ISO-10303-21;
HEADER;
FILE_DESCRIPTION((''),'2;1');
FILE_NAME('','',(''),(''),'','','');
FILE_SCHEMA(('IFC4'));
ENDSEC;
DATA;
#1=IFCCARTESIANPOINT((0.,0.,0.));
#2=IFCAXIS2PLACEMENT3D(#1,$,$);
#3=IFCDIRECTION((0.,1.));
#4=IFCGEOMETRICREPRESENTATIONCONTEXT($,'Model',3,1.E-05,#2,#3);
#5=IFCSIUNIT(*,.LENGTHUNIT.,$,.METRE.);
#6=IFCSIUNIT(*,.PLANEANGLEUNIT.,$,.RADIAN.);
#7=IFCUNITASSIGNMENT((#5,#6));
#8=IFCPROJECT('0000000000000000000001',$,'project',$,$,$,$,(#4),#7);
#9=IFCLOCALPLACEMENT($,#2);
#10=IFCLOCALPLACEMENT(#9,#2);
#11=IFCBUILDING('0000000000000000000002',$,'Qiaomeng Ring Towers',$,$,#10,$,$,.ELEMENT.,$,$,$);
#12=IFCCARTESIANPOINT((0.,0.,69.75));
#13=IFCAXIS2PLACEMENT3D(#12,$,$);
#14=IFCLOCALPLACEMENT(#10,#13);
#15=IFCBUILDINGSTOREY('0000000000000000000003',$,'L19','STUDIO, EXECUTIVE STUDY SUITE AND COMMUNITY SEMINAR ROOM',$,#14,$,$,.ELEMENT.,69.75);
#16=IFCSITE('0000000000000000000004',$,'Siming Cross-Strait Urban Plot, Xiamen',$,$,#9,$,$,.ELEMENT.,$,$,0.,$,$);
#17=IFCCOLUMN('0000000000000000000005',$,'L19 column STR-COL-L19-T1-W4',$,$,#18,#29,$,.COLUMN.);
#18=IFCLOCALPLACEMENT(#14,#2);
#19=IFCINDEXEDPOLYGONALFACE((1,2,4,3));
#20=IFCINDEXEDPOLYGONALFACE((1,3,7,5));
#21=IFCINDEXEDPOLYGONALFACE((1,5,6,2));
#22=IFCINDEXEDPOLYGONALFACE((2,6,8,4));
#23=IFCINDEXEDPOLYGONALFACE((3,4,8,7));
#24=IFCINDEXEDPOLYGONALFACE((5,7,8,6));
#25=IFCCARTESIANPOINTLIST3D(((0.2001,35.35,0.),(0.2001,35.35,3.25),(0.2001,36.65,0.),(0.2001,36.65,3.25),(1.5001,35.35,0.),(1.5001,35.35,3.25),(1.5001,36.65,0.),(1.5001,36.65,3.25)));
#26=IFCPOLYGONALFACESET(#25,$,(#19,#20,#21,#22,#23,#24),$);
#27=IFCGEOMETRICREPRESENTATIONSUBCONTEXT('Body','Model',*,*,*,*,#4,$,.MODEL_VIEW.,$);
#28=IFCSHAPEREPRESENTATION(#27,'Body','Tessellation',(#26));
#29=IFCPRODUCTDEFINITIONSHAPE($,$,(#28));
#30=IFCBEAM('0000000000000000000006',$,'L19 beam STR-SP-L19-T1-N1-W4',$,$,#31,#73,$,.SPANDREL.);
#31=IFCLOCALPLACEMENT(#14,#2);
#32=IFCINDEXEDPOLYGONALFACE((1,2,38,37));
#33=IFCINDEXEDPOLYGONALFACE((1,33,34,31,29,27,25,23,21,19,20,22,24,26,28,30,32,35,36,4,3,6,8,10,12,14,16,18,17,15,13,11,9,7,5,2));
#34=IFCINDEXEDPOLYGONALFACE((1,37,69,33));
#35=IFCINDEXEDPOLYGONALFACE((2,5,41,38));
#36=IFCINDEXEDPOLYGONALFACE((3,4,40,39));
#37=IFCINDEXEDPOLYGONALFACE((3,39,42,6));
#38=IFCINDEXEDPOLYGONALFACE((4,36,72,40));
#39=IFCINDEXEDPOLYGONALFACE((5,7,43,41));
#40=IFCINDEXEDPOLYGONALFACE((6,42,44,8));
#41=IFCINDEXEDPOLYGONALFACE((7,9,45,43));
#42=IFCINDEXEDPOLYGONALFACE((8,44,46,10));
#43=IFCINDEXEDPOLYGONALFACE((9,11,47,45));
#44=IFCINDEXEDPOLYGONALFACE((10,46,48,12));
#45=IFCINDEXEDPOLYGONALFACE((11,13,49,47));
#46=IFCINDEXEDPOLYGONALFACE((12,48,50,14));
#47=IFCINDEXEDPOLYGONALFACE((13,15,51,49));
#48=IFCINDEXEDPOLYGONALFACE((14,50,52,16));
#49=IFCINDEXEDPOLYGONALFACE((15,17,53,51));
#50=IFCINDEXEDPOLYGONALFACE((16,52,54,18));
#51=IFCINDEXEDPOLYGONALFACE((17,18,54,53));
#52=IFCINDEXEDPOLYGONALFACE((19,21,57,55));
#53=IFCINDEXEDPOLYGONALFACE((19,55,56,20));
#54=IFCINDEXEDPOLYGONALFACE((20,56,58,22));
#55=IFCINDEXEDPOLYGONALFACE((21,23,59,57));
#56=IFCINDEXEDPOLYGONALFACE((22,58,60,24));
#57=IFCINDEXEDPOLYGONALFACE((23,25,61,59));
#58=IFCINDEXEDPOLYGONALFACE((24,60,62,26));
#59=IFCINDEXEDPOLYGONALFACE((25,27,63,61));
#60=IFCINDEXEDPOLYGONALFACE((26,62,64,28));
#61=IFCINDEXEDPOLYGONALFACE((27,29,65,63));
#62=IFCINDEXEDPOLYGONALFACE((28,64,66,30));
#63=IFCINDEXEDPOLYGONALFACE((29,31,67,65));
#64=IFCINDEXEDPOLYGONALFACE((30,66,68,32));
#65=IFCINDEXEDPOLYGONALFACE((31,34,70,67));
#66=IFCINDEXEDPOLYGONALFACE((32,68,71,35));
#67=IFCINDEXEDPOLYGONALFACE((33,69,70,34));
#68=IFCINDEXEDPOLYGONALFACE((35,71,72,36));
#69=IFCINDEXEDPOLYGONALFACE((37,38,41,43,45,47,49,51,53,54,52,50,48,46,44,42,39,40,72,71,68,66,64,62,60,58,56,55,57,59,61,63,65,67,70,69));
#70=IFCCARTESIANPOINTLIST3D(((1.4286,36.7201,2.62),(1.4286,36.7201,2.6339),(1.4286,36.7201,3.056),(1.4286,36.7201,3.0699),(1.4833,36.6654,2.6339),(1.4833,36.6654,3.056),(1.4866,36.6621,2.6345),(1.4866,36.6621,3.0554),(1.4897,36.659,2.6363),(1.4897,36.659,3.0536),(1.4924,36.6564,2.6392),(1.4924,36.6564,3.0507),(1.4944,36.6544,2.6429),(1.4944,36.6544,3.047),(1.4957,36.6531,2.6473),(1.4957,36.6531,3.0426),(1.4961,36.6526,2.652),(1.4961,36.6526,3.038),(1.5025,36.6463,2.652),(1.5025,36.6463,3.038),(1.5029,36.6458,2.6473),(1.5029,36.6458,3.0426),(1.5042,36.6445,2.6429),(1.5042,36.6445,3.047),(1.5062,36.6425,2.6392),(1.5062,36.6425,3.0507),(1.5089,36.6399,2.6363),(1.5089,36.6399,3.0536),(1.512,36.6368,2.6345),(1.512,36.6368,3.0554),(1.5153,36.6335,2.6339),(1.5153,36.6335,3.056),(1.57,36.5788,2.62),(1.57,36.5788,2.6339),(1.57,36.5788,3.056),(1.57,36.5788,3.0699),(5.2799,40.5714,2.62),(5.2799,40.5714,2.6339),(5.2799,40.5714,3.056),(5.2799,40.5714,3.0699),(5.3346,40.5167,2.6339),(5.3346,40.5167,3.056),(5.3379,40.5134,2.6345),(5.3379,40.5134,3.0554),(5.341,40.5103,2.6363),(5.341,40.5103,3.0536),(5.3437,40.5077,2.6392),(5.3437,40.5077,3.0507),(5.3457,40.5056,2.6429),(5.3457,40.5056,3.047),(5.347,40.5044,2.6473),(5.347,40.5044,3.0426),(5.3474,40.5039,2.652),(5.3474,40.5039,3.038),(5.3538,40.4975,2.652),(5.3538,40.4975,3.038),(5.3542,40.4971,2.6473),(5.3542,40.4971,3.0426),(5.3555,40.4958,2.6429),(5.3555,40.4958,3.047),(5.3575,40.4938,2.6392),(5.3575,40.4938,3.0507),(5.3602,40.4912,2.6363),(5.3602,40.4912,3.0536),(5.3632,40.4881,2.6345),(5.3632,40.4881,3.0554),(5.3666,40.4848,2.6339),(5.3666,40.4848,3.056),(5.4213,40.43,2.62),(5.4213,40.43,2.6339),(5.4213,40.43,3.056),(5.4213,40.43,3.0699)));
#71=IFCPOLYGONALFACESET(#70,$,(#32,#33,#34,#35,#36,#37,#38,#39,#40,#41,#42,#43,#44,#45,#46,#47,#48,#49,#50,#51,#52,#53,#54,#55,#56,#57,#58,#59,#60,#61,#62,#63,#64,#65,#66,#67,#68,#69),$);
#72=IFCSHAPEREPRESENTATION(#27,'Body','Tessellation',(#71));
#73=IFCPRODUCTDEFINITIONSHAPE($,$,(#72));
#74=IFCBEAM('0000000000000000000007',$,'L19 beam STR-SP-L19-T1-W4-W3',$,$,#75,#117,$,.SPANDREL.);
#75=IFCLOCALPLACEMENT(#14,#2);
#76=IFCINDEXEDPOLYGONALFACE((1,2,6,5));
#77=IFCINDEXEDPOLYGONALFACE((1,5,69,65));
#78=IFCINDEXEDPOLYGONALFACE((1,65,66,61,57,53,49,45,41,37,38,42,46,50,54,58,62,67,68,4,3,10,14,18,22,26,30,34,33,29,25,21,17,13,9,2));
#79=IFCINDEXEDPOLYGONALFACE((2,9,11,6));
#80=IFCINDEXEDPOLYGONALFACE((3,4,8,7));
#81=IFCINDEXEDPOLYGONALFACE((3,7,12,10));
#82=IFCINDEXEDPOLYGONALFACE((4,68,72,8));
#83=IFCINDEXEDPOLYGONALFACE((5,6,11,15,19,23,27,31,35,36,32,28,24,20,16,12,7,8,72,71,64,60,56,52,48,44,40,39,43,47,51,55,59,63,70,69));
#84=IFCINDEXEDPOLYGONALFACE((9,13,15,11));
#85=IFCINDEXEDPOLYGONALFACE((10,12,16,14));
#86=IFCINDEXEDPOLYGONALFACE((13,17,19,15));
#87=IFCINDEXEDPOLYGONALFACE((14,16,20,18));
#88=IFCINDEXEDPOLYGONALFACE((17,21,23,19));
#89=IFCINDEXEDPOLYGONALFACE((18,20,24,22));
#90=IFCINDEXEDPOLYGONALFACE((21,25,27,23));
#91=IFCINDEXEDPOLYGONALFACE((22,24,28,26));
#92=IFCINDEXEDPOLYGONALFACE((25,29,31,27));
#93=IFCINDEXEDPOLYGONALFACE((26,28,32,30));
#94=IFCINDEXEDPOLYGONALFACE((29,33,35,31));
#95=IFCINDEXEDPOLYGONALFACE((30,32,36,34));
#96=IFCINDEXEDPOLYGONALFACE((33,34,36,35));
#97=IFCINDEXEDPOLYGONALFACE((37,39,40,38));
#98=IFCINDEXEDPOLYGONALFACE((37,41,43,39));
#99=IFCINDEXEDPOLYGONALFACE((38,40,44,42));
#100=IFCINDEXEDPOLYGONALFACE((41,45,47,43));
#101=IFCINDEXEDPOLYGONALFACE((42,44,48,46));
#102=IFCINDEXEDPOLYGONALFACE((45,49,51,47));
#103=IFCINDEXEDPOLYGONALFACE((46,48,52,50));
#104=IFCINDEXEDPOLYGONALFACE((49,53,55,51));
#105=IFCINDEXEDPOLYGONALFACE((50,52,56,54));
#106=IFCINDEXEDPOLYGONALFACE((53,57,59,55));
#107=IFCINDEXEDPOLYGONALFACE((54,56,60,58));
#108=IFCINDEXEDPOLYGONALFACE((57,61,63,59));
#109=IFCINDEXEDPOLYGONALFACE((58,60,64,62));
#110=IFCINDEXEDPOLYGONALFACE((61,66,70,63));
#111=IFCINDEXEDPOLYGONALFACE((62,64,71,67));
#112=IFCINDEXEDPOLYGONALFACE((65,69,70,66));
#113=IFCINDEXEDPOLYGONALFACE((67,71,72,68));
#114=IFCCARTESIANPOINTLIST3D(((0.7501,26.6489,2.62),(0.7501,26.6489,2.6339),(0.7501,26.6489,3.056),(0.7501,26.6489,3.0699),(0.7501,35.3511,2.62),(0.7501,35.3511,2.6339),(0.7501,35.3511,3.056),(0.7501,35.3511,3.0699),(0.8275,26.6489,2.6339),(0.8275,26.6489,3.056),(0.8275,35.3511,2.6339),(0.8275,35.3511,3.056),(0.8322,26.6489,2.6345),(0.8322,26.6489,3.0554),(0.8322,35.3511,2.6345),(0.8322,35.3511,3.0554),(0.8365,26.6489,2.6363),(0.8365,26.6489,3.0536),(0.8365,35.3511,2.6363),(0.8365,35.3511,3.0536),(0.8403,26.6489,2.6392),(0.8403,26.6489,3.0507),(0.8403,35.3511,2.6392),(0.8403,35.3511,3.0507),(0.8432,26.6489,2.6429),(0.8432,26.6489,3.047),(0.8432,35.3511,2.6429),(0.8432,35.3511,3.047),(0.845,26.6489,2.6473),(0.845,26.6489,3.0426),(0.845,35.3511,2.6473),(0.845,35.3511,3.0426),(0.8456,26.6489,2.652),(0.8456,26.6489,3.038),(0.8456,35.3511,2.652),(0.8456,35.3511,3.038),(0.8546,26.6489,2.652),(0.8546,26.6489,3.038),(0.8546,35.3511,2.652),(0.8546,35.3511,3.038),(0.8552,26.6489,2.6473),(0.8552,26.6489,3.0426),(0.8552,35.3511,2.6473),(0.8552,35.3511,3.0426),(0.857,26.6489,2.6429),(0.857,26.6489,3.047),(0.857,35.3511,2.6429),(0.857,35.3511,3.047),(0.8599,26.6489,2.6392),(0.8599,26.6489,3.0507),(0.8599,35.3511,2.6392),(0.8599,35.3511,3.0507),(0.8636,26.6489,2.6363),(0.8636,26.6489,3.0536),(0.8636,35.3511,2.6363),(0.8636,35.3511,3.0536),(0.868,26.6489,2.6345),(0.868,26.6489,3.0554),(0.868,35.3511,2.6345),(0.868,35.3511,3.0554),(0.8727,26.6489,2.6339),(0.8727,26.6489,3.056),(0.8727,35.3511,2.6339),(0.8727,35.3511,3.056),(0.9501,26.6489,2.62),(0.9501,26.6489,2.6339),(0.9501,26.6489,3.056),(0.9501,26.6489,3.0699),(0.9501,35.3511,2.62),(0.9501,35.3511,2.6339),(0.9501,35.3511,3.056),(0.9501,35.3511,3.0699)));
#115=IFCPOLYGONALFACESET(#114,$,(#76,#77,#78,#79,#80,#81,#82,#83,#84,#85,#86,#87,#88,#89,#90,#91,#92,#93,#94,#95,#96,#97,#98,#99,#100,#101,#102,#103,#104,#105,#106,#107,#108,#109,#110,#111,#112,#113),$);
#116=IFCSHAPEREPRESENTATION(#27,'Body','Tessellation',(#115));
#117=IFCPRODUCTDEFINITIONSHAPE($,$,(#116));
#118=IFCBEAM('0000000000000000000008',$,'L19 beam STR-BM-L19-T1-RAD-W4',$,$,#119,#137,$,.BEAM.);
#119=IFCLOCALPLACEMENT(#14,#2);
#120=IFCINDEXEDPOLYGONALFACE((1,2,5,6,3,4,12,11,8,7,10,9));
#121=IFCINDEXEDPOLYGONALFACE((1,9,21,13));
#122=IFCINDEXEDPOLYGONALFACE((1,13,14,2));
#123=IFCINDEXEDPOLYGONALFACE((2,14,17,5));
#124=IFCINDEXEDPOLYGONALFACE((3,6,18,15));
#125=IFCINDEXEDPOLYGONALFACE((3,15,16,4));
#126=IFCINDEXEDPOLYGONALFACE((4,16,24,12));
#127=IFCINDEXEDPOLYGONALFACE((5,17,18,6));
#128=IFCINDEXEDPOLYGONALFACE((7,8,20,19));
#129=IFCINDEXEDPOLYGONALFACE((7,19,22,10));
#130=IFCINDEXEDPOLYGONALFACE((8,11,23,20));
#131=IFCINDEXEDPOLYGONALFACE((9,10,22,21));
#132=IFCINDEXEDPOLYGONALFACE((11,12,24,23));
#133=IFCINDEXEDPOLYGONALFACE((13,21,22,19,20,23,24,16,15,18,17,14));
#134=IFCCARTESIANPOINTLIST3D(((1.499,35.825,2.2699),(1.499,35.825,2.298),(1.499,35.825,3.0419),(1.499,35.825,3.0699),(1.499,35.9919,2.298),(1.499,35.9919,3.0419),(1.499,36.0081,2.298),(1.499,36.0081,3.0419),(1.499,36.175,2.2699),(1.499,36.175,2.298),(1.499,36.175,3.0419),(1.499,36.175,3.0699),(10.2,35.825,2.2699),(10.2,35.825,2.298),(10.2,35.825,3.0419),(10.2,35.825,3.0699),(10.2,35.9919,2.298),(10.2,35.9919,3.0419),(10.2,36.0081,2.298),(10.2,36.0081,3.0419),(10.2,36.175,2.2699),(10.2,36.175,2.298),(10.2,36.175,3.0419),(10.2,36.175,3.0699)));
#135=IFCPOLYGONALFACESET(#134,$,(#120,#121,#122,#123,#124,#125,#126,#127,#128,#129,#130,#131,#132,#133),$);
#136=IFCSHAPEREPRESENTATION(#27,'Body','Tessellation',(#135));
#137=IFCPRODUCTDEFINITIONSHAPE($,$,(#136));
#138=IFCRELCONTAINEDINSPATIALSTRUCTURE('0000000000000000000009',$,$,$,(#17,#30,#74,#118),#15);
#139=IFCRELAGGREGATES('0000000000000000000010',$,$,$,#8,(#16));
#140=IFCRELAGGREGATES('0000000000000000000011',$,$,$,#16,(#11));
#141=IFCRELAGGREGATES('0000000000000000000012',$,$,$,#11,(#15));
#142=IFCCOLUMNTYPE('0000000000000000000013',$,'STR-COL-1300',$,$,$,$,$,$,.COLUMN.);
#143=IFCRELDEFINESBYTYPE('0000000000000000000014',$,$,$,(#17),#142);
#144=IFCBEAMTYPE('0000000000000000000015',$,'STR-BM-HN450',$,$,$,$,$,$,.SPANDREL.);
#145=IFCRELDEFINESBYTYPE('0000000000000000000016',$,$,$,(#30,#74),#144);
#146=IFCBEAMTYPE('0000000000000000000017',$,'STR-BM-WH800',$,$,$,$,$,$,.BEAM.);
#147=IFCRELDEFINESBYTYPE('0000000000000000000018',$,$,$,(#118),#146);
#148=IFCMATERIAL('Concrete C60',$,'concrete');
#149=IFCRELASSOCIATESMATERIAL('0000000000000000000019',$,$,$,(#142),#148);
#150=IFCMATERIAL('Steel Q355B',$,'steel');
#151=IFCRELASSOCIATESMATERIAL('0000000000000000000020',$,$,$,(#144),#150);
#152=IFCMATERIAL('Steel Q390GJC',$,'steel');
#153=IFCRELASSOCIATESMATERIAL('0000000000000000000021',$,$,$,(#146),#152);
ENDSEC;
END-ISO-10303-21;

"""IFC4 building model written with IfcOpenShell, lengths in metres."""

from ifc_helpers import new_model, si_unit, direction, frame, origin, origin_2d, place, context, subcontext, project, spatial, rectangle, i_section, extrude, source, transform, mapped, material, material_profile, profile_set, type_object, element, save


model = new_model("IFC4")

# Units and contexts
model_context = context("Model", 3, precision=1e-05, world=origin(), true_north=direction((0.0, 1.0)))
body_context = subcontext(model_context, "Body", "Model", "MODEL_VIEW")
ifc_project = project(units=[si_unit("LENGTHUNIT", "METRE"), si_unit("PLANEANGLEUNIT", "RADIAN")], contexts=[model_context])

# Site, building, storey
site_placement = place(None, origin())
site = spatial("IfcSite", under=ifc_project, at=site_placement, Name="Siming Cross-Strait Urban Plot, Xiamen", CompositionType="ELEMENT", RefElevation=0.0)
building_placement = place(site_placement, origin())
building = spatial("IfcBuilding", under=site, at=building_placement, Name="Qiaomeng Ring Towers", CompositionType="ELEMENT")
storey_placement = place(building_placement, frame((0.0, 0.0, 69.75)))
storey = spatial("IfcBuildingStorey", under=building, at=storey_placement, Name="L19", Description="STUDIO, EXECUTIVE STUDY SUITE AND COMMUNITY SEMINAR ROOM", CompositionType="ELEMENT", Elevation=69.75)

# Column
ifc_material_1 = material(Name="Concrete C60", Category="concrete")
ifc_material_profile_1 = material_profile(ifc_material_1, rectangle(XDim=1.3, YDim=1.3, at=origin_2d()), Name="RC COL 1300x1300")
ifc_profile_set_1 = profile_set([ifc_material_profile_1], Name="Concrete C60")
column_type = type_object("IfcColumnType", Name="STR-COL-1300", PredefinedType="COLUMN", material=ifc_profile_set_1)
shared_shape_1 = source(origin(), body_context, "Body", "SweptSolid", [
    extrude(rectangle(XDim=1.3, YDim=1.3, at=origin_2d()), origin(), (0.0, 0.0, 1.0), 3.25),
])
column_placement = place(storey_placement, frame((0.8501, 36.0, 0.0), z_axis=(0.0, 0.0, 1.0), x_axis=(1.0, 0.0, 0.0)))
element("IfcColumn", 1, at=column_placement, inside=storey, type_object=column_type, Name="L19 column STR-COL-L19-T1-W4", PredefinedType="COLUMN", context=body_context, shape_type="MappedRepresentation", body=[
    mapped(shared_shape_1, transform((0.0, 0.0, 0.0), x_axis=(1.0, 0.0, 0.0), y_axis=(0.0, 1.0, 0.0), z_axis=(0.0, 0.0, 1.0), scale=1.0)),
])

# Beams
ifc_material_2 = material(Name="Steel Q355B", Category="steel")
ifc_material_profile_2 = material_profile(ifc_material_2, i_section(OverallWidth=0.2, OverallDepth=0.45, WebThickness=0.009, FlangeThickness=0.0139, FilletRadius=0.0181, at=origin_2d()), Name="HN 450x200x9x14")
ifc_profile_set_2 = profile_set([ifc_material_profile_2], Name="Steel Q355B")
beam_type_1 = type_object("IfcBeamType", Name="STR-BM-HN450", PredefinedType="SPANDREL", material=ifc_profile_set_2)
shared_shape_2 = source(origin(), body_context, "Body", "SweptSolid", [
    extrude(i_section(OverallWidth=0.2, OverallDepth=0.45, WebThickness=0.009, FlangeThickness=0.0139, FilletRadius=0.0181, at=origin_2d()), origin(), (0.0, 0.0, 1.0), 5.4465),
])
beam_1_placement = place(storey_placement, frame((5.3506, 40.5007, 2.845), z_axis=(-0.707107, -0.707107, 0.0), x_axis=(0.707107, -0.707107, 0.0)))
element("IfcBeam", 2, at=beam_1_placement, inside=storey, type_object=beam_type_1, Name="L19 beam STR-SP-L19-T1-N1-W4", PredefinedType="SPANDREL", context=body_context, shape_type="MappedRepresentation", body=[
    mapped(shared_shape_2, transform((0.0, 0.0, 0.0), x_axis=(1.0, 0.0, 0.0), y_axis=(0.0, 1.0, 0.0), z_axis=(0.0, 0.0, 1.0), scale=1.0)),
])
shared_shape_3 = source(origin(), body_context, "Body", "SweptSolid", [
    extrude(i_section(OverallWidth=0.2, OverallDepth=0.45, WebThickness=0.009, FlangeThickness=0.0139, FilletRadius=0.0181, at=origin_2d()), origin(), (0.0, 0.0, 1.0), 8.7021),
])
beam_2_placement = place(storey_placement, frame((0.8501, 35.3511, 2.845), z_axis=(0.0, -1.0, 0.0), x_axis=(1.0, 0.0, 0.0)))
element("IfcBeam", 3, at=beam_2_placement, inside=storey, type_object=beam_type_1, Name="L19 beam STR-SP-L19-T1-W4-W3", PredefinedType="SPANDREL", context=body_context, shape_type="MappedRepresentation", body=[
    mapped(shared_shape_3, transform((0.0, 0.0, 0.0), x_axis=(1.0, 0.0, 0.0), y_axis=(0.0, 1.0, 0.0), z_axis=(0.0, 0.0, 1.0), scale=1.0)),
])
ifc_material_3 = material(Name="Steel Q390GJC", Category="steel")
ifc_material_profile_3 = material_profile(ifc_material_3, i_section(OverallWidth=0.3501, OverallDepth=0.8, WebThickness=0.0161, FlangeThickness=0.0281, at=origin_2d()), Name="WH 800x350x16x28")
ifc_profile_set_3 = profile_set([ifc_material_profile_3], Name="Steel Q390GJC")
beam_type_2 = type_object("IfcBeamType", Name="STR-BM-WH800", PredefinedType="BEAM", material=ifc_profile_set_3)
shared_shape_4 = source(origin(), body_context, "Body", "SweptSolid", [
    extrude(i_section(OverallWidth=0.3501, OverallDepth=0.8, WebThickness=0.0161, FlangeThickness=0.0281, at=origin_2d()), origin(), (0.0, 0.0, 1.0), 8.7009),
])
beam_3_placement = place(storey_placement, frame((1.499, 36.0, 2.6699), z_axis=(1.0, 0.0, 0.0), x_axis=(0.0, 1.0, 0.0)))
element("IfcBeam", 4, at=beam_3_placement, inside=storey, type_object=beam_type_2, Name="L19 beam STR-BM-L19-T1-RAD-W4", PredefinedType="BEAM", context=body_context, shape_type="MappedRepresentation", body=[
    mapped(shared_shape_4, transform((0.0, 0.0, 0.0), x_axis=(1.0, 0.0, 0.0), y_axis=(0.0, 1.0, 0.0), z_axis=(0.0, 0.0, 1.0), scale=1.0)),
])

save(model, "model.ifc")
